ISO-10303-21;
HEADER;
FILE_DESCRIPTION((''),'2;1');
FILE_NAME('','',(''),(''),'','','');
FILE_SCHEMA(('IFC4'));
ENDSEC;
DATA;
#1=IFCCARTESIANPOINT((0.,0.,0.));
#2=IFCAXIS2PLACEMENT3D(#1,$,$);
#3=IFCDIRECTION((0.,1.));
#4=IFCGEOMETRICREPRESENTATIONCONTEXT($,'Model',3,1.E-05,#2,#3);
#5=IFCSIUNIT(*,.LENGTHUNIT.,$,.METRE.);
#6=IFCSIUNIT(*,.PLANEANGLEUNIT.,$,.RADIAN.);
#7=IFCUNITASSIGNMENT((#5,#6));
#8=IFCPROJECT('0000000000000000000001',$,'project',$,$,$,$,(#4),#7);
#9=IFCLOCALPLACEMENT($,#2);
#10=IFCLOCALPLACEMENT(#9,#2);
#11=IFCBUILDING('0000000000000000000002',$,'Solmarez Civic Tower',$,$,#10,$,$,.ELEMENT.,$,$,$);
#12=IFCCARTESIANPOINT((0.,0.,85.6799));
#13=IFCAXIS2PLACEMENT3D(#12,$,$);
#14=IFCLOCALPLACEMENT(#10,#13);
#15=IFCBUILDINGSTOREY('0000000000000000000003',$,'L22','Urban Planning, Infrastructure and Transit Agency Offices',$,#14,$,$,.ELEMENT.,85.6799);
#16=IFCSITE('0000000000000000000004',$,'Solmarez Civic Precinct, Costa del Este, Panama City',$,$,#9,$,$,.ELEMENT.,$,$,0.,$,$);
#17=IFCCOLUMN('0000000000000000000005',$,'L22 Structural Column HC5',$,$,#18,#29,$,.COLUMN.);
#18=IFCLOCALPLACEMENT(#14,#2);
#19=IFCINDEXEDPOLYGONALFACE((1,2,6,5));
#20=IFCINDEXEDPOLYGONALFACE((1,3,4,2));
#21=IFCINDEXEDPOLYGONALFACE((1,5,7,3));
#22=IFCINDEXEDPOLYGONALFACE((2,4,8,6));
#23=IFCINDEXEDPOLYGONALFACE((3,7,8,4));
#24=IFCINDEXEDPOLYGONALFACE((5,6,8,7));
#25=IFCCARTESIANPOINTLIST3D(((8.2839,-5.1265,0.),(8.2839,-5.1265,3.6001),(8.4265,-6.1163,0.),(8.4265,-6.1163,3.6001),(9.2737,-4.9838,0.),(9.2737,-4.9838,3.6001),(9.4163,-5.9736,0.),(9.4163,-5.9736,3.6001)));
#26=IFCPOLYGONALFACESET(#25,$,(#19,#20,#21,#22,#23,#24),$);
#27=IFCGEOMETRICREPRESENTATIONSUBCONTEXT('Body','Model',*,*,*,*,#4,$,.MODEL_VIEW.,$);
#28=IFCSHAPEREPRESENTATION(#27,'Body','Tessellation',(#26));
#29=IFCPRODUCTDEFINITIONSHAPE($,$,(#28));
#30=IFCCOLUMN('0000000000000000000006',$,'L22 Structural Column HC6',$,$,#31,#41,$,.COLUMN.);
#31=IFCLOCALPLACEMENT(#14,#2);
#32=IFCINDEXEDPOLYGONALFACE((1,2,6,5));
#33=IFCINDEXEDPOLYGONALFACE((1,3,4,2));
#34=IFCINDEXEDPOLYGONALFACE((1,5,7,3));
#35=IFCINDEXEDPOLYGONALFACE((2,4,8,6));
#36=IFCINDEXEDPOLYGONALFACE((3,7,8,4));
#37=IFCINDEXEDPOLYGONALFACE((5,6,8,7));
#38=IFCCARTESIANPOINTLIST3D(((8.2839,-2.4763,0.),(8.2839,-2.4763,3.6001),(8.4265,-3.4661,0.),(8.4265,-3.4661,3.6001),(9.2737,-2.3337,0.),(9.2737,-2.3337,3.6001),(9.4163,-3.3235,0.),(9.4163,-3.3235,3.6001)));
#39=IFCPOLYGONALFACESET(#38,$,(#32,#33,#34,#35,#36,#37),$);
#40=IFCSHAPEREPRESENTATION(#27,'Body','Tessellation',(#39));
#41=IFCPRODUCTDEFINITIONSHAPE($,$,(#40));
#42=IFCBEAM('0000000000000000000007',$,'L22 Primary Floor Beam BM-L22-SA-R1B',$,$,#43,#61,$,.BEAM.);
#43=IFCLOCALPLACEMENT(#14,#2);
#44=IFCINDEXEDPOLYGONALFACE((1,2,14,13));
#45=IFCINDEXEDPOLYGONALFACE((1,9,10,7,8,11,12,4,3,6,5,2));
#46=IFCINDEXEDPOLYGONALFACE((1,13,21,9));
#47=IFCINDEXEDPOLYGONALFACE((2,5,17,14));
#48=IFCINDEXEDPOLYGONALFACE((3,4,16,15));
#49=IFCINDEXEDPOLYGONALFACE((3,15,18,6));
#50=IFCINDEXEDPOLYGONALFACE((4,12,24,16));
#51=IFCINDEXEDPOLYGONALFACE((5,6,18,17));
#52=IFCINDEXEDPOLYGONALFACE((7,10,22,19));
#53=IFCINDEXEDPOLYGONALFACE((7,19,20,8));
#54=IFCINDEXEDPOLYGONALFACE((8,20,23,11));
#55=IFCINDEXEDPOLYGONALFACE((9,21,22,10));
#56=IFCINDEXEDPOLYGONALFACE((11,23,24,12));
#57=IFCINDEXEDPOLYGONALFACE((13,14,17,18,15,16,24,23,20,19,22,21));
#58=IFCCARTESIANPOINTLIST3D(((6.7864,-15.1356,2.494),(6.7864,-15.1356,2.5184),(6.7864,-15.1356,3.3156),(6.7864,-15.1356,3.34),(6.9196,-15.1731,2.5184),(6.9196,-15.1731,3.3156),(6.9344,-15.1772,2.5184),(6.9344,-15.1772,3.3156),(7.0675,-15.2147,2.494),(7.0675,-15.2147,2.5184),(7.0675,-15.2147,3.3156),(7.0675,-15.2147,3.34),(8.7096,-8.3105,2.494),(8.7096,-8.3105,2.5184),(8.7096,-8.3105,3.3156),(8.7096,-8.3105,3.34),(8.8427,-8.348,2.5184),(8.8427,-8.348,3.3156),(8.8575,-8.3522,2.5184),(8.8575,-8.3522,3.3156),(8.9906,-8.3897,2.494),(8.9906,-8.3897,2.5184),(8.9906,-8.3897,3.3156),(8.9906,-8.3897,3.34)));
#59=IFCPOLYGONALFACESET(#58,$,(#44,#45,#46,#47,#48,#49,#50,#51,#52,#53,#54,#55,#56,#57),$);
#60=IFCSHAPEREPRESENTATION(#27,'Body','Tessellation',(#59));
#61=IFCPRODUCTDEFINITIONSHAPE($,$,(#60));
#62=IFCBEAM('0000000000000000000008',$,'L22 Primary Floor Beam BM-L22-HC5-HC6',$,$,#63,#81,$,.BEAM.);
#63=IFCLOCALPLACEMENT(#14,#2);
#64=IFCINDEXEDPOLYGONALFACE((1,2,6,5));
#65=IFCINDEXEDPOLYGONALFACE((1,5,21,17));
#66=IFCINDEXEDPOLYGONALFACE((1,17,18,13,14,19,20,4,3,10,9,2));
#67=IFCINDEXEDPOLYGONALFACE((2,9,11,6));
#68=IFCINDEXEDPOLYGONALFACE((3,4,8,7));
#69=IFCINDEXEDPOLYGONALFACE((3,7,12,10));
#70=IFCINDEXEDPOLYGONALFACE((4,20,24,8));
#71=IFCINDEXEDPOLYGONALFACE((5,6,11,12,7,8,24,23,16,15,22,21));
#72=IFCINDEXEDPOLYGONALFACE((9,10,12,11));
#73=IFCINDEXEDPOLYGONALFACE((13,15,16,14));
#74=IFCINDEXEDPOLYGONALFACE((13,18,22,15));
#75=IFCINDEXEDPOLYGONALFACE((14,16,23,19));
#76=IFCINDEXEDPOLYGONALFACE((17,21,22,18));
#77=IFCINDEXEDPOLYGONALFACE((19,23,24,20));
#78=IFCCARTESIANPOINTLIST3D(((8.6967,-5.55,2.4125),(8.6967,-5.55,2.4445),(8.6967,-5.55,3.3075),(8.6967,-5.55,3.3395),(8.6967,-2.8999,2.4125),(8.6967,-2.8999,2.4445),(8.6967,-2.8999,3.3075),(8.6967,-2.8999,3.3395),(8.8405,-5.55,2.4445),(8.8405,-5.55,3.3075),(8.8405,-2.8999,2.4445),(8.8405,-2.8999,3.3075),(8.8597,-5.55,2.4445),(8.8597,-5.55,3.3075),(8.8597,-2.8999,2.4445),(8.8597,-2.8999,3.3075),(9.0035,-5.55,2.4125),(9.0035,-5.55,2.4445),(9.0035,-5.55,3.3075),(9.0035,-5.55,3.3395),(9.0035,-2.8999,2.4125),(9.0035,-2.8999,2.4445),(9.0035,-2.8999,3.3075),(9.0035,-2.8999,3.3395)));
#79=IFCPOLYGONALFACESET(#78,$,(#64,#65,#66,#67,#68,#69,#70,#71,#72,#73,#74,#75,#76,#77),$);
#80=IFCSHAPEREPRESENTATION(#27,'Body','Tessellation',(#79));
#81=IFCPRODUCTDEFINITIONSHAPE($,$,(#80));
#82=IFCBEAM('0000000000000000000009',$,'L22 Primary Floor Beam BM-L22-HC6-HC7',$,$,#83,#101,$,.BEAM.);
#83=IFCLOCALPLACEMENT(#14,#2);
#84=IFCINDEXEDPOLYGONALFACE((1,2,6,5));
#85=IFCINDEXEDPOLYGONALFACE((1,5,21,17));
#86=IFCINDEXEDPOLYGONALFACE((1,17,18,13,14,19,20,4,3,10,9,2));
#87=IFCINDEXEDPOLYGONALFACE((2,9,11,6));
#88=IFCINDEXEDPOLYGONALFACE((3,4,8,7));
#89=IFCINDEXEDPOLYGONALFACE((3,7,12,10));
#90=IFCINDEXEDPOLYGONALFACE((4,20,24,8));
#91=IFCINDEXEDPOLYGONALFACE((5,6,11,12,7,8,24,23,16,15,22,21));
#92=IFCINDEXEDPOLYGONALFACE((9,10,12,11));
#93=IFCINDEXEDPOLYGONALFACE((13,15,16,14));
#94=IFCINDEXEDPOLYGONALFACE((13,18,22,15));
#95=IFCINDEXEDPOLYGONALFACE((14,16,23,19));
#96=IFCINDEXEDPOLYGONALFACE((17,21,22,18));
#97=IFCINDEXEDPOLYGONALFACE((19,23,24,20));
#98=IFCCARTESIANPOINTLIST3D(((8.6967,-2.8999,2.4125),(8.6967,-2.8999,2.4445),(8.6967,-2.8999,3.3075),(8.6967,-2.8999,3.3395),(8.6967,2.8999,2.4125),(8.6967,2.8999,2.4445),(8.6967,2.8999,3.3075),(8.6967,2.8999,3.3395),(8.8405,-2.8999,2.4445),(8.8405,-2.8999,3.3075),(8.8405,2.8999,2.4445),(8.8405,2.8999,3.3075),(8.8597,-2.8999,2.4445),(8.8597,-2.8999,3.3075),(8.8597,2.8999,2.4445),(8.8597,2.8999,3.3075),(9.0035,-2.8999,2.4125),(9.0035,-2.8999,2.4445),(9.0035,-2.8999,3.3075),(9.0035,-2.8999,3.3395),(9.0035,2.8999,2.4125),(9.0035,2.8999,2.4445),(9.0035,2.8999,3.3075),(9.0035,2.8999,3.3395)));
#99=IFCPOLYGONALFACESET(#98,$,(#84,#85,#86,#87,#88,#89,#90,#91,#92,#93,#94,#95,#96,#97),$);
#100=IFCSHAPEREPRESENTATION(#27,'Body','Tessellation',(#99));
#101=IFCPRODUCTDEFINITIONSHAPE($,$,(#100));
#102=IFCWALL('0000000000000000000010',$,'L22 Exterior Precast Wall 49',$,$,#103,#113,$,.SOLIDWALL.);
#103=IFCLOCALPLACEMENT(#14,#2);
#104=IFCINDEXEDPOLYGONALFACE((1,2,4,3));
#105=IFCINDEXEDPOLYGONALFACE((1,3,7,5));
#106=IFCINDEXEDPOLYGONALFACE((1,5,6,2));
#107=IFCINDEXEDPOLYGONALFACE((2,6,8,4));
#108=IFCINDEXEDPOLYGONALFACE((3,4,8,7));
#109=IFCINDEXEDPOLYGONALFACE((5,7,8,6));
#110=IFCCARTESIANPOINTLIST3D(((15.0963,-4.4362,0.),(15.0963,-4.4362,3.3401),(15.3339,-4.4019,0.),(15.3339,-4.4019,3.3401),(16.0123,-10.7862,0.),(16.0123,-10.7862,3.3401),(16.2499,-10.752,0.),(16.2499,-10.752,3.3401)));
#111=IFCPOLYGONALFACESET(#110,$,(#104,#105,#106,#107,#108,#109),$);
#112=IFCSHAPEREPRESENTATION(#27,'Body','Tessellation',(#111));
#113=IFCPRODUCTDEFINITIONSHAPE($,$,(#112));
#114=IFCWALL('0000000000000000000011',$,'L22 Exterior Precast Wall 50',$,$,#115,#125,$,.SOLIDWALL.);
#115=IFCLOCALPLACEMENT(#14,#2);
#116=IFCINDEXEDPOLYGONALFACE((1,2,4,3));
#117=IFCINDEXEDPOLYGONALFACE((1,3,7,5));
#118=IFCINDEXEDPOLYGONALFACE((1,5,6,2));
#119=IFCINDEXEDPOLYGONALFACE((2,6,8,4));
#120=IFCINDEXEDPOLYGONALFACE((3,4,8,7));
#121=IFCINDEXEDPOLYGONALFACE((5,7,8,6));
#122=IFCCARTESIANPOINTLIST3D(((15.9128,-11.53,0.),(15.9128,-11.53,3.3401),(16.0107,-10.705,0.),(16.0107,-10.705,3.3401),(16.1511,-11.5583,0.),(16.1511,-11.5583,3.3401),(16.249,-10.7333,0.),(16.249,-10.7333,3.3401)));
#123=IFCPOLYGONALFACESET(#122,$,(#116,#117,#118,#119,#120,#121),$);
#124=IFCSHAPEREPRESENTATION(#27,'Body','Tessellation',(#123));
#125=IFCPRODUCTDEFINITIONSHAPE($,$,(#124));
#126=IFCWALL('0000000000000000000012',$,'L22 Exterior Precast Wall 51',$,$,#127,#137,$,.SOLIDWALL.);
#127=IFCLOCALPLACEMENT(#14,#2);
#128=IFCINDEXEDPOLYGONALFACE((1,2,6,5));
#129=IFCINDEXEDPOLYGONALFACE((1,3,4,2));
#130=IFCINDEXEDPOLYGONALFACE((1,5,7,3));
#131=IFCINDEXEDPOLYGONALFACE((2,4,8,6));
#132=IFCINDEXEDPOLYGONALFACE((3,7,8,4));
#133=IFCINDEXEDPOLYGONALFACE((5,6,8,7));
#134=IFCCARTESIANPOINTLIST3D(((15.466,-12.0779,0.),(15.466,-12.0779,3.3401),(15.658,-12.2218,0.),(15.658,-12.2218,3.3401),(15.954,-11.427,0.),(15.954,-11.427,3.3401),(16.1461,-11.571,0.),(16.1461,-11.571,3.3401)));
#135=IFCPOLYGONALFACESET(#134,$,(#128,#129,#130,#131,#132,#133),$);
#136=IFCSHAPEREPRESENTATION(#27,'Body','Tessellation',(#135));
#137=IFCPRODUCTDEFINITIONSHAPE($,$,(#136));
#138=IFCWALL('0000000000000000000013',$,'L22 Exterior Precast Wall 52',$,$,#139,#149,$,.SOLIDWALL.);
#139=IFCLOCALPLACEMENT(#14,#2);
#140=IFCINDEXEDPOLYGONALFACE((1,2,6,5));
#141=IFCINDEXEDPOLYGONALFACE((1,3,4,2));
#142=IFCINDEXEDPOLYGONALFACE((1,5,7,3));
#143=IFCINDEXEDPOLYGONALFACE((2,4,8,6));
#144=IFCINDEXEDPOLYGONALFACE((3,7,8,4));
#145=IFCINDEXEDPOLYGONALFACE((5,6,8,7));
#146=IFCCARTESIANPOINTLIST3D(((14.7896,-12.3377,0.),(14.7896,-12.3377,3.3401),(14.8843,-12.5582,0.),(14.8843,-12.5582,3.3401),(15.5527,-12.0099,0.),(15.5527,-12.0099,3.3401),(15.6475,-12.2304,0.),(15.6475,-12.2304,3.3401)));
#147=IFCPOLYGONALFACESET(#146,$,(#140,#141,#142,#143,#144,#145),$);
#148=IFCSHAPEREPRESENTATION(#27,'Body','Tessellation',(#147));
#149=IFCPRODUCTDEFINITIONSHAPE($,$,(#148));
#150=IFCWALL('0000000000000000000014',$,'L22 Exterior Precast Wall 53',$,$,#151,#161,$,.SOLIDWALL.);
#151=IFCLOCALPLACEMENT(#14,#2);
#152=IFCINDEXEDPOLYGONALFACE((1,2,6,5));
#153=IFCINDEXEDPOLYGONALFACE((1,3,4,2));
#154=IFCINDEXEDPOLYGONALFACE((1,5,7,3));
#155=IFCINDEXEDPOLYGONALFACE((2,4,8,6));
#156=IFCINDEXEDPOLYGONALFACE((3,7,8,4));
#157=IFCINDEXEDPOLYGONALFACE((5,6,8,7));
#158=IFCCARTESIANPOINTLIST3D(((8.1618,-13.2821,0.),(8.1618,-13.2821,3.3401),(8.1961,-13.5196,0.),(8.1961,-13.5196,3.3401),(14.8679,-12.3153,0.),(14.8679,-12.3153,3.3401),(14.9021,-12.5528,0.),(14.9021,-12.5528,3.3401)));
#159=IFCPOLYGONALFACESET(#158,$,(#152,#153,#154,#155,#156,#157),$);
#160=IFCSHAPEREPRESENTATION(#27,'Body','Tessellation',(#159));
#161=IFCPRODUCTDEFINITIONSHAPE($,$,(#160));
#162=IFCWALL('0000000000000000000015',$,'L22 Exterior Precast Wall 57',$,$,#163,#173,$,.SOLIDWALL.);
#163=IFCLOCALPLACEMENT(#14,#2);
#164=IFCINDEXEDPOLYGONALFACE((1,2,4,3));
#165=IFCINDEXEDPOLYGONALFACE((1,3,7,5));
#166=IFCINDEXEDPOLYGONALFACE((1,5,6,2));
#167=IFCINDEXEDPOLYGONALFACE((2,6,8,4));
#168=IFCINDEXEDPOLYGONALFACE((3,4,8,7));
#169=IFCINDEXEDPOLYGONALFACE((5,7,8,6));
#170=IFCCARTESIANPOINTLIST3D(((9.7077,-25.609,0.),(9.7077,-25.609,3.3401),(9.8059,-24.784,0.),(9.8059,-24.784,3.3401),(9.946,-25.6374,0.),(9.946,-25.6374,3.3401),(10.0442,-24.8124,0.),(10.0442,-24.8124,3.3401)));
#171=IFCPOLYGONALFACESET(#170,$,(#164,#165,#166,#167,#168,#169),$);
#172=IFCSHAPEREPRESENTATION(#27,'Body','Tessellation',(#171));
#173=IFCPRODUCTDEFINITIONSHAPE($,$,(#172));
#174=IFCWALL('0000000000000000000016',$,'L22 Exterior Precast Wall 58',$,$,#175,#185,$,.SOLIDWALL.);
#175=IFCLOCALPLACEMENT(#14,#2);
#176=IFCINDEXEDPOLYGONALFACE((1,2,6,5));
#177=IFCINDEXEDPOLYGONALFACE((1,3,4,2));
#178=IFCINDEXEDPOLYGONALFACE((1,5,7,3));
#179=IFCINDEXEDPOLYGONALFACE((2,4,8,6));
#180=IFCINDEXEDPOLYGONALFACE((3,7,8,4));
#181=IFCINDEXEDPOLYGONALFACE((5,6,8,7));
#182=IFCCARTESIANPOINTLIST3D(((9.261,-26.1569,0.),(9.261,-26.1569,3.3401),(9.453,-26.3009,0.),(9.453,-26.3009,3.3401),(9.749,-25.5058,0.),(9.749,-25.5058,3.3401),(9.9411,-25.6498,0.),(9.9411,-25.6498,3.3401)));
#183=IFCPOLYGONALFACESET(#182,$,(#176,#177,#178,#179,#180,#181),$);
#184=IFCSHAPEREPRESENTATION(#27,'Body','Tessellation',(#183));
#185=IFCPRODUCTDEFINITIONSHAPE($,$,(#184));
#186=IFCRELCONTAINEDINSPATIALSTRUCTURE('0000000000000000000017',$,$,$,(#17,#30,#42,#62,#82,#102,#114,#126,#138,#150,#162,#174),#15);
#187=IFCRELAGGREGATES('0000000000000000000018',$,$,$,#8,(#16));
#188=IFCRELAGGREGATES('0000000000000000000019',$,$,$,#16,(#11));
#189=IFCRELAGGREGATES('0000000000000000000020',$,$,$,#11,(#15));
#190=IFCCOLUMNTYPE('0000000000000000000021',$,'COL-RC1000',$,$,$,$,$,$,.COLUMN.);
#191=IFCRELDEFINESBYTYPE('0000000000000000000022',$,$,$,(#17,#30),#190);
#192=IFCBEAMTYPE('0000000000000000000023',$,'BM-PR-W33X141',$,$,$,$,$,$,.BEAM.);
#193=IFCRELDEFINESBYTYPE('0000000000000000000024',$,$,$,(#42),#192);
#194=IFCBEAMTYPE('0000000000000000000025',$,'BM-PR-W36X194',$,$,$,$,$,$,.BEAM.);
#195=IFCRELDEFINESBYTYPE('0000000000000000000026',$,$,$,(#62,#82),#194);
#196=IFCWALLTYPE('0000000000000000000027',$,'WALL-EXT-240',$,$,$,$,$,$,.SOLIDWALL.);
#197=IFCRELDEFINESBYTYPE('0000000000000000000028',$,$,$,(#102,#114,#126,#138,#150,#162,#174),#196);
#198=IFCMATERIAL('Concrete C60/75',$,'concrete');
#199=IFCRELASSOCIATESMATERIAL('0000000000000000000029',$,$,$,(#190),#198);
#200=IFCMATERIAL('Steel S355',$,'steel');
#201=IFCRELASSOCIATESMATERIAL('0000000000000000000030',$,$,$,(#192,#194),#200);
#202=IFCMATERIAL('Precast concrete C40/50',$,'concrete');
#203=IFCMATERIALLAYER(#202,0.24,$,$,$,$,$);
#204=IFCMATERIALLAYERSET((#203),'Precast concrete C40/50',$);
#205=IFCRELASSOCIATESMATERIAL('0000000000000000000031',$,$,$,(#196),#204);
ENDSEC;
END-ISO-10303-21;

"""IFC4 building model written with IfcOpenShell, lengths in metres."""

from ifc_helpers import new_model, si_unit, direction, frame, frame_2d, origin, origin_2d, place, context, subcontext, project, spatial, rectangle, i_section, extrude, material, layer, layer_set, material_profile, profile_set, type_object, element, save


model = new_model("IFC4")

# Units and contexts
model_context = context("Model", 3, precision=1e-05, world=origin(), true_north=direction((0.0, 1.0)))
body_context = subcontext(model_context, "Body", "Model", "MODEL_VIEW")
ifc_project = project(units=[si_unit("LENGTHUNIT", "METRE"), si_unit("PLANEANGLEUNIT", "RADIAN")], contexts=[model_context])

# Site, building, storey
site_placement = place(None, origin())
site = spatial("IfcSite", under=ifc_project, at=site_placement, Name="Solmarez Civic Precinct, Costa del Este, Panama City", CompositionType="ELEMENT", RefElevation=0.0)
building_placement = place(site_placement, origin())
building = spatial("IfcBuilding", under=site, at=building_placement, Name="Solmarez Civic Tower", CompositionType="ELEMENT")
storey_placement = place(building_placement, frame((0.0, 0.0, 85.6799)))
storey = spatial("IfcBuildingStorey", under=building, at=storey_placement, Name="L22", Description="Urban Planning, Infrastructure and Transit Agency Offices", CompositionType="ELEMENT", Elevation=85.6799)

# Columns
ifc_material_1 = material(Name="Concrete C60/75", Category="concrete")
ifc_material_profile_1 = material_profile(ifc_material_1, rectangle(XDim=1.0, YDim=1.0, at=origin_2d()), Name="RC1000X1000")
ifc_profile_set_1 = profile_set([ifc_material_profile_1], Name="Concrete C60/75")
column_type = type_object("IfcColumnType", Name="COL-RC1000", PredefinedType="COLUMN", material=ifc_profile_set_1)
for number, where, z_axis, x_axis, name in (
    (1, (8.8501, -5.55, 0.0), (0.0, 0.0, 1.0), (0.989776, 0.142629, 0.0), "L22 Structural Column HC5"),
    (2, (8.8501, -2.8999, 0.0), (0.0, 0.0, 1.0), (0.989776, 0.142629, 0.0), "L22 Structural Column HC6"),
):
    element("IfcColumn", number, at=place(storey_placement, frame(where, z_axis=z_axis, x_axis=x_axis)), inside=storey, type_object=column_type, Name=name, PredefinedType="COLUMN", context=body_context, shape_type="SweptSolid", body=[
        extrude(rectangle(XDim=1.0, YDim=1.0, at=origin_2d()), origin(), (0.0, 0.0, 1.0), 3.6001),
    ])

# Beams
ifc_material_2 = material(Name="Steel S355", Category="steel")
ifc_material_profile_2 = material_profile(ifc_material_2, i_section(OverallWidth=0.292, OverallDepth=0.8459, WebThickness=0.0154, FlangeThickness=0.0244, at=origin_2d()), Name="W33X141")
ifc_profile_set_2 = profile_set([ifc_material_profile_2], Name="Steel S355")
beam_type_1 = type_object("IfcBeamType", Name="BM-PR-W33X141", PredefinedType="BEAM", material=ifc_profile_set_2)
beam_1_placement = place(storey_placement, frame((8.8501, -8.3501, 2.917), z_axis=(-0.271213, -0.962519, 0.0), x_axis=(0.962519, -0.271213, 0.0)))
element("IfcBeam", 3, at=beam_1_placement, inside=storey, type_object=beam_type_1, Name="L22 Primary Floor Beam BM-L22-SA-R1B", PredefinedType="BEAM", context=body_context, shape_type="SweptSolid", body=[
    extrude(i_section(OverallWidth=0.292, OverallDepth=0.8459, WebThickness=0.0154, FlangeThickness=0.0244, at=origin_2d()), origin(), (0.0, 0.0, 1.0), 7.0908),
])
ifc_material_profile_3 = material_profile(ifc_material_2, i_section(OverallWidth=0.3069, OverallDepth=0.927, WebThickness=0.0193, FlangeThickness=0.032, at=origin_2d()), Name="W36X194")
ifc_profile_set_3 = profile_set([ifc_material_profile_3], Name="Steel S355")
beam_type_2 = type_object("IfcBeamType", Name="BM-PR-W36X194", PredefinedType="BEAM", material=ifc_profile_set_3)
beam_2_placement = place(storey_placement, frame((8.8501, -5.55, 2.876), z_axis=(0.0, 1.0, 0.0), x_axis=(-1.0, 0.0, 0.0)))
element("IfcBeam", 4, at=beam_2_placement, inside=storey, type_object=beam_type_2, Name="L22 Primary Floor Beam BM-L22-HC5-HC6", PredefinedType="BEAM", context=body_context, shape_type="SweptSolid", body=[
    extrude(i_section(OverallWidth=0.3069, OverallDepth=0.927, WebThickness=0.0193, FlangeThickness=0.032, at=origin_2d()), origin(), (0.0, 0.0, 1.0), 2.6501),
])
beam_3_placement = place(storey_placement, frame((8.8501, -2.8999, 2.876), z_axis=(0.0, 1.0, 0.0), x_axis=(-1.0, 0.0, 0.0)))
element("IfcBeam", 5, at=beam_3_placement, inside=storey, type_object=beam_type_2, Name="L22 Primary Floor Beam BM-L22-HC6-HC7", PredefinedType="BEAM", context=body_context, shape_type="SweptSolid", body=[
    extrude(i_section(OverallWidth=0.3069, OverallDepth=0.927, WebThickness=0.0193, FlangeThickness=0.032, at=origin_2d()), origin(), (0.0, 0.0, 1.0), 5.7998),
])

# Walls
ifc_material_3 = material(Name="Precast concrete C40/50", Category="concrete")
ifc_layer_1 = layer(ifc_material_3, 0.24)
ifc_layer_set_1 = layer_set([ifc_layer_1], Name="Precast concrete C40/50")
wall_type_1 = type_object("IfcWallType", Name="WALL-EXT-240", PredefinedType="SOLIDWALL", material=ifc_layer_set_1)
wall_1_placement = place(storey_placement, frame((15.2151, -4.4189, 0.0), z_axis=(0.0, 0.0, 1.0), x_axis=(0.142774, -0.989755, 0.0)))
element("IfcWall", 6, at=wall_1_placement, inside=storey, type_object=wall_type_1, Name="L22 Exterior Precast Wall 49", PredefinedType="SOLIDWALL", context=body_context, shape_type="SweptSolid", body=[
    extrude(rectangle(XDim=6.4158, YDim=0.24, at=frame_2d((3.208, 0.0))), origin(), (0.0, 0.0, 1.0), 3.3401),
])
wall_2_placement = place(storey_placement, frame((16.1299, -10.719, 0.0), z_axis=(0.0, 0.0, 1.0), x_axis=(-0.117847, -0.993032, 0.0)))
element("IfcWall", 7, at=wall_2_placement, inside=storey, type_object=wall_type_1, Name="L22 Exterior Precast Wall 50", PredefinedType="SOLIDWALL", context=body_context, shape_type="SweptSolid", body=[
    extrude(rectangle(XDim=0.8308, YDim=0.24, at=frame_2d((0.4155, 0.0))), origin(), (0.0, 0.0, 1.0), 3.3401),
])
wall_3_placement = place(storey_placement, frame((16.05, -11.499, 0.0), z_axis=(0.0, 0.0, 1.0), x_axis=(-0.599904, -0.800072, 0.0)))
element("IfcWall", 8, at=wall_3_placement, inside=storey, type_object=wall_type_1, Name="L22 Exterior Precast Wall 51", PredefinedType="SOLIDWALL", context=body_context, shape_type="SweptSolid", body=[
    extrude(rectangle(XDim=0.8135, YDim=0.24, at=frame_2d((0.4067, 0.0))), origin(), (0.0, 0.0, 1.0), 3.3401),
])
wall_4_placement = place(storey_placement, frame((15.6001, -12.1201, 0.0), z_axis=(0.0, 0.0, 1.0), x_axis=(-0.918795, -0.394735, 0.0)))
element("IfcWall", 9, at=wall_4_placement, inside=storey, type_object=wall_type_1, Name="L22 Exterior Precast Wall 52", PredefinedType="SOLIDWALL", context=body_context, shape_type="SweptSolid", body=[
    extrude(rectangle(XDim=0.8306, YDim=0.24, at=frame_2d((0.4153, 0.0))), origin(), (0.0, 0.0, 1.0), 3.3401),
])
wall_5_placement = place(storey_placement, frame((14.885, -12.4341, 0.0), z_axis=(0.0, 0.0, 1.0), x_axis=(-0.989767, -0.142693, 0.0)))
element("IfcWall", 10, at=wall_5_placement, inside=storey, type_object=wall_type_1, Name="L22 Exterior Precast Wall 53", PredefinedType="SOLIDWALL", context=body_context, shape_type="SweptSolid", body=[
    extrude(rectangle(XDim=6.7754, YDim=0.24, at=frame_2d((3.3877, 0.0))), origin(), (0.0, 0.0, 1.0), 3.3401),
])
wall_6_placement = place(storey_placement, frame((9.925, -24.7981, 0.0), z_axis=(0.0, 0.0, 1.0), x_axis=(-0.118137, -0.992997, 0.0)))
element("IfcWall", 11, at=wall_6_placement, inside=storey, type_object=wall_type_1, Name="L22 Exterior Precast Wall 57", PredefinedType="SOLIDWALL", context=body_context, shape_type="SweptSolid", body=[
    extrude(rectangle(XDim=0.8308, YDim=0.24, at=frame_2d((0.4155, 0.0))), origin(), (0.0, 0.0, 1.0), 3.3401),
])
wall_7_placement = place(storey_placement, frame((9.845, -25.5779, 0.0), z_axis=(0.0, 0.0, 1.0), x_axis=(-0.59976, -0.80018, 0.0)))
element("IfcWall", 12, at=wall_7_placement, inside=storey, type_object=wall_type_1, Name="L22 Exterior Precast Wall 58", PredefinedType="SOLIDWALL", context=body_context, shape_type="SweptSolid", body=[
    extrude(rectangle(XDim=0.8137, YDim=0.24, at=frame_2d((0.4067, 0.0))), origin(), (0.0, 0.0, 1.0), 3.3401),
])

save(model, "model.ifc")
